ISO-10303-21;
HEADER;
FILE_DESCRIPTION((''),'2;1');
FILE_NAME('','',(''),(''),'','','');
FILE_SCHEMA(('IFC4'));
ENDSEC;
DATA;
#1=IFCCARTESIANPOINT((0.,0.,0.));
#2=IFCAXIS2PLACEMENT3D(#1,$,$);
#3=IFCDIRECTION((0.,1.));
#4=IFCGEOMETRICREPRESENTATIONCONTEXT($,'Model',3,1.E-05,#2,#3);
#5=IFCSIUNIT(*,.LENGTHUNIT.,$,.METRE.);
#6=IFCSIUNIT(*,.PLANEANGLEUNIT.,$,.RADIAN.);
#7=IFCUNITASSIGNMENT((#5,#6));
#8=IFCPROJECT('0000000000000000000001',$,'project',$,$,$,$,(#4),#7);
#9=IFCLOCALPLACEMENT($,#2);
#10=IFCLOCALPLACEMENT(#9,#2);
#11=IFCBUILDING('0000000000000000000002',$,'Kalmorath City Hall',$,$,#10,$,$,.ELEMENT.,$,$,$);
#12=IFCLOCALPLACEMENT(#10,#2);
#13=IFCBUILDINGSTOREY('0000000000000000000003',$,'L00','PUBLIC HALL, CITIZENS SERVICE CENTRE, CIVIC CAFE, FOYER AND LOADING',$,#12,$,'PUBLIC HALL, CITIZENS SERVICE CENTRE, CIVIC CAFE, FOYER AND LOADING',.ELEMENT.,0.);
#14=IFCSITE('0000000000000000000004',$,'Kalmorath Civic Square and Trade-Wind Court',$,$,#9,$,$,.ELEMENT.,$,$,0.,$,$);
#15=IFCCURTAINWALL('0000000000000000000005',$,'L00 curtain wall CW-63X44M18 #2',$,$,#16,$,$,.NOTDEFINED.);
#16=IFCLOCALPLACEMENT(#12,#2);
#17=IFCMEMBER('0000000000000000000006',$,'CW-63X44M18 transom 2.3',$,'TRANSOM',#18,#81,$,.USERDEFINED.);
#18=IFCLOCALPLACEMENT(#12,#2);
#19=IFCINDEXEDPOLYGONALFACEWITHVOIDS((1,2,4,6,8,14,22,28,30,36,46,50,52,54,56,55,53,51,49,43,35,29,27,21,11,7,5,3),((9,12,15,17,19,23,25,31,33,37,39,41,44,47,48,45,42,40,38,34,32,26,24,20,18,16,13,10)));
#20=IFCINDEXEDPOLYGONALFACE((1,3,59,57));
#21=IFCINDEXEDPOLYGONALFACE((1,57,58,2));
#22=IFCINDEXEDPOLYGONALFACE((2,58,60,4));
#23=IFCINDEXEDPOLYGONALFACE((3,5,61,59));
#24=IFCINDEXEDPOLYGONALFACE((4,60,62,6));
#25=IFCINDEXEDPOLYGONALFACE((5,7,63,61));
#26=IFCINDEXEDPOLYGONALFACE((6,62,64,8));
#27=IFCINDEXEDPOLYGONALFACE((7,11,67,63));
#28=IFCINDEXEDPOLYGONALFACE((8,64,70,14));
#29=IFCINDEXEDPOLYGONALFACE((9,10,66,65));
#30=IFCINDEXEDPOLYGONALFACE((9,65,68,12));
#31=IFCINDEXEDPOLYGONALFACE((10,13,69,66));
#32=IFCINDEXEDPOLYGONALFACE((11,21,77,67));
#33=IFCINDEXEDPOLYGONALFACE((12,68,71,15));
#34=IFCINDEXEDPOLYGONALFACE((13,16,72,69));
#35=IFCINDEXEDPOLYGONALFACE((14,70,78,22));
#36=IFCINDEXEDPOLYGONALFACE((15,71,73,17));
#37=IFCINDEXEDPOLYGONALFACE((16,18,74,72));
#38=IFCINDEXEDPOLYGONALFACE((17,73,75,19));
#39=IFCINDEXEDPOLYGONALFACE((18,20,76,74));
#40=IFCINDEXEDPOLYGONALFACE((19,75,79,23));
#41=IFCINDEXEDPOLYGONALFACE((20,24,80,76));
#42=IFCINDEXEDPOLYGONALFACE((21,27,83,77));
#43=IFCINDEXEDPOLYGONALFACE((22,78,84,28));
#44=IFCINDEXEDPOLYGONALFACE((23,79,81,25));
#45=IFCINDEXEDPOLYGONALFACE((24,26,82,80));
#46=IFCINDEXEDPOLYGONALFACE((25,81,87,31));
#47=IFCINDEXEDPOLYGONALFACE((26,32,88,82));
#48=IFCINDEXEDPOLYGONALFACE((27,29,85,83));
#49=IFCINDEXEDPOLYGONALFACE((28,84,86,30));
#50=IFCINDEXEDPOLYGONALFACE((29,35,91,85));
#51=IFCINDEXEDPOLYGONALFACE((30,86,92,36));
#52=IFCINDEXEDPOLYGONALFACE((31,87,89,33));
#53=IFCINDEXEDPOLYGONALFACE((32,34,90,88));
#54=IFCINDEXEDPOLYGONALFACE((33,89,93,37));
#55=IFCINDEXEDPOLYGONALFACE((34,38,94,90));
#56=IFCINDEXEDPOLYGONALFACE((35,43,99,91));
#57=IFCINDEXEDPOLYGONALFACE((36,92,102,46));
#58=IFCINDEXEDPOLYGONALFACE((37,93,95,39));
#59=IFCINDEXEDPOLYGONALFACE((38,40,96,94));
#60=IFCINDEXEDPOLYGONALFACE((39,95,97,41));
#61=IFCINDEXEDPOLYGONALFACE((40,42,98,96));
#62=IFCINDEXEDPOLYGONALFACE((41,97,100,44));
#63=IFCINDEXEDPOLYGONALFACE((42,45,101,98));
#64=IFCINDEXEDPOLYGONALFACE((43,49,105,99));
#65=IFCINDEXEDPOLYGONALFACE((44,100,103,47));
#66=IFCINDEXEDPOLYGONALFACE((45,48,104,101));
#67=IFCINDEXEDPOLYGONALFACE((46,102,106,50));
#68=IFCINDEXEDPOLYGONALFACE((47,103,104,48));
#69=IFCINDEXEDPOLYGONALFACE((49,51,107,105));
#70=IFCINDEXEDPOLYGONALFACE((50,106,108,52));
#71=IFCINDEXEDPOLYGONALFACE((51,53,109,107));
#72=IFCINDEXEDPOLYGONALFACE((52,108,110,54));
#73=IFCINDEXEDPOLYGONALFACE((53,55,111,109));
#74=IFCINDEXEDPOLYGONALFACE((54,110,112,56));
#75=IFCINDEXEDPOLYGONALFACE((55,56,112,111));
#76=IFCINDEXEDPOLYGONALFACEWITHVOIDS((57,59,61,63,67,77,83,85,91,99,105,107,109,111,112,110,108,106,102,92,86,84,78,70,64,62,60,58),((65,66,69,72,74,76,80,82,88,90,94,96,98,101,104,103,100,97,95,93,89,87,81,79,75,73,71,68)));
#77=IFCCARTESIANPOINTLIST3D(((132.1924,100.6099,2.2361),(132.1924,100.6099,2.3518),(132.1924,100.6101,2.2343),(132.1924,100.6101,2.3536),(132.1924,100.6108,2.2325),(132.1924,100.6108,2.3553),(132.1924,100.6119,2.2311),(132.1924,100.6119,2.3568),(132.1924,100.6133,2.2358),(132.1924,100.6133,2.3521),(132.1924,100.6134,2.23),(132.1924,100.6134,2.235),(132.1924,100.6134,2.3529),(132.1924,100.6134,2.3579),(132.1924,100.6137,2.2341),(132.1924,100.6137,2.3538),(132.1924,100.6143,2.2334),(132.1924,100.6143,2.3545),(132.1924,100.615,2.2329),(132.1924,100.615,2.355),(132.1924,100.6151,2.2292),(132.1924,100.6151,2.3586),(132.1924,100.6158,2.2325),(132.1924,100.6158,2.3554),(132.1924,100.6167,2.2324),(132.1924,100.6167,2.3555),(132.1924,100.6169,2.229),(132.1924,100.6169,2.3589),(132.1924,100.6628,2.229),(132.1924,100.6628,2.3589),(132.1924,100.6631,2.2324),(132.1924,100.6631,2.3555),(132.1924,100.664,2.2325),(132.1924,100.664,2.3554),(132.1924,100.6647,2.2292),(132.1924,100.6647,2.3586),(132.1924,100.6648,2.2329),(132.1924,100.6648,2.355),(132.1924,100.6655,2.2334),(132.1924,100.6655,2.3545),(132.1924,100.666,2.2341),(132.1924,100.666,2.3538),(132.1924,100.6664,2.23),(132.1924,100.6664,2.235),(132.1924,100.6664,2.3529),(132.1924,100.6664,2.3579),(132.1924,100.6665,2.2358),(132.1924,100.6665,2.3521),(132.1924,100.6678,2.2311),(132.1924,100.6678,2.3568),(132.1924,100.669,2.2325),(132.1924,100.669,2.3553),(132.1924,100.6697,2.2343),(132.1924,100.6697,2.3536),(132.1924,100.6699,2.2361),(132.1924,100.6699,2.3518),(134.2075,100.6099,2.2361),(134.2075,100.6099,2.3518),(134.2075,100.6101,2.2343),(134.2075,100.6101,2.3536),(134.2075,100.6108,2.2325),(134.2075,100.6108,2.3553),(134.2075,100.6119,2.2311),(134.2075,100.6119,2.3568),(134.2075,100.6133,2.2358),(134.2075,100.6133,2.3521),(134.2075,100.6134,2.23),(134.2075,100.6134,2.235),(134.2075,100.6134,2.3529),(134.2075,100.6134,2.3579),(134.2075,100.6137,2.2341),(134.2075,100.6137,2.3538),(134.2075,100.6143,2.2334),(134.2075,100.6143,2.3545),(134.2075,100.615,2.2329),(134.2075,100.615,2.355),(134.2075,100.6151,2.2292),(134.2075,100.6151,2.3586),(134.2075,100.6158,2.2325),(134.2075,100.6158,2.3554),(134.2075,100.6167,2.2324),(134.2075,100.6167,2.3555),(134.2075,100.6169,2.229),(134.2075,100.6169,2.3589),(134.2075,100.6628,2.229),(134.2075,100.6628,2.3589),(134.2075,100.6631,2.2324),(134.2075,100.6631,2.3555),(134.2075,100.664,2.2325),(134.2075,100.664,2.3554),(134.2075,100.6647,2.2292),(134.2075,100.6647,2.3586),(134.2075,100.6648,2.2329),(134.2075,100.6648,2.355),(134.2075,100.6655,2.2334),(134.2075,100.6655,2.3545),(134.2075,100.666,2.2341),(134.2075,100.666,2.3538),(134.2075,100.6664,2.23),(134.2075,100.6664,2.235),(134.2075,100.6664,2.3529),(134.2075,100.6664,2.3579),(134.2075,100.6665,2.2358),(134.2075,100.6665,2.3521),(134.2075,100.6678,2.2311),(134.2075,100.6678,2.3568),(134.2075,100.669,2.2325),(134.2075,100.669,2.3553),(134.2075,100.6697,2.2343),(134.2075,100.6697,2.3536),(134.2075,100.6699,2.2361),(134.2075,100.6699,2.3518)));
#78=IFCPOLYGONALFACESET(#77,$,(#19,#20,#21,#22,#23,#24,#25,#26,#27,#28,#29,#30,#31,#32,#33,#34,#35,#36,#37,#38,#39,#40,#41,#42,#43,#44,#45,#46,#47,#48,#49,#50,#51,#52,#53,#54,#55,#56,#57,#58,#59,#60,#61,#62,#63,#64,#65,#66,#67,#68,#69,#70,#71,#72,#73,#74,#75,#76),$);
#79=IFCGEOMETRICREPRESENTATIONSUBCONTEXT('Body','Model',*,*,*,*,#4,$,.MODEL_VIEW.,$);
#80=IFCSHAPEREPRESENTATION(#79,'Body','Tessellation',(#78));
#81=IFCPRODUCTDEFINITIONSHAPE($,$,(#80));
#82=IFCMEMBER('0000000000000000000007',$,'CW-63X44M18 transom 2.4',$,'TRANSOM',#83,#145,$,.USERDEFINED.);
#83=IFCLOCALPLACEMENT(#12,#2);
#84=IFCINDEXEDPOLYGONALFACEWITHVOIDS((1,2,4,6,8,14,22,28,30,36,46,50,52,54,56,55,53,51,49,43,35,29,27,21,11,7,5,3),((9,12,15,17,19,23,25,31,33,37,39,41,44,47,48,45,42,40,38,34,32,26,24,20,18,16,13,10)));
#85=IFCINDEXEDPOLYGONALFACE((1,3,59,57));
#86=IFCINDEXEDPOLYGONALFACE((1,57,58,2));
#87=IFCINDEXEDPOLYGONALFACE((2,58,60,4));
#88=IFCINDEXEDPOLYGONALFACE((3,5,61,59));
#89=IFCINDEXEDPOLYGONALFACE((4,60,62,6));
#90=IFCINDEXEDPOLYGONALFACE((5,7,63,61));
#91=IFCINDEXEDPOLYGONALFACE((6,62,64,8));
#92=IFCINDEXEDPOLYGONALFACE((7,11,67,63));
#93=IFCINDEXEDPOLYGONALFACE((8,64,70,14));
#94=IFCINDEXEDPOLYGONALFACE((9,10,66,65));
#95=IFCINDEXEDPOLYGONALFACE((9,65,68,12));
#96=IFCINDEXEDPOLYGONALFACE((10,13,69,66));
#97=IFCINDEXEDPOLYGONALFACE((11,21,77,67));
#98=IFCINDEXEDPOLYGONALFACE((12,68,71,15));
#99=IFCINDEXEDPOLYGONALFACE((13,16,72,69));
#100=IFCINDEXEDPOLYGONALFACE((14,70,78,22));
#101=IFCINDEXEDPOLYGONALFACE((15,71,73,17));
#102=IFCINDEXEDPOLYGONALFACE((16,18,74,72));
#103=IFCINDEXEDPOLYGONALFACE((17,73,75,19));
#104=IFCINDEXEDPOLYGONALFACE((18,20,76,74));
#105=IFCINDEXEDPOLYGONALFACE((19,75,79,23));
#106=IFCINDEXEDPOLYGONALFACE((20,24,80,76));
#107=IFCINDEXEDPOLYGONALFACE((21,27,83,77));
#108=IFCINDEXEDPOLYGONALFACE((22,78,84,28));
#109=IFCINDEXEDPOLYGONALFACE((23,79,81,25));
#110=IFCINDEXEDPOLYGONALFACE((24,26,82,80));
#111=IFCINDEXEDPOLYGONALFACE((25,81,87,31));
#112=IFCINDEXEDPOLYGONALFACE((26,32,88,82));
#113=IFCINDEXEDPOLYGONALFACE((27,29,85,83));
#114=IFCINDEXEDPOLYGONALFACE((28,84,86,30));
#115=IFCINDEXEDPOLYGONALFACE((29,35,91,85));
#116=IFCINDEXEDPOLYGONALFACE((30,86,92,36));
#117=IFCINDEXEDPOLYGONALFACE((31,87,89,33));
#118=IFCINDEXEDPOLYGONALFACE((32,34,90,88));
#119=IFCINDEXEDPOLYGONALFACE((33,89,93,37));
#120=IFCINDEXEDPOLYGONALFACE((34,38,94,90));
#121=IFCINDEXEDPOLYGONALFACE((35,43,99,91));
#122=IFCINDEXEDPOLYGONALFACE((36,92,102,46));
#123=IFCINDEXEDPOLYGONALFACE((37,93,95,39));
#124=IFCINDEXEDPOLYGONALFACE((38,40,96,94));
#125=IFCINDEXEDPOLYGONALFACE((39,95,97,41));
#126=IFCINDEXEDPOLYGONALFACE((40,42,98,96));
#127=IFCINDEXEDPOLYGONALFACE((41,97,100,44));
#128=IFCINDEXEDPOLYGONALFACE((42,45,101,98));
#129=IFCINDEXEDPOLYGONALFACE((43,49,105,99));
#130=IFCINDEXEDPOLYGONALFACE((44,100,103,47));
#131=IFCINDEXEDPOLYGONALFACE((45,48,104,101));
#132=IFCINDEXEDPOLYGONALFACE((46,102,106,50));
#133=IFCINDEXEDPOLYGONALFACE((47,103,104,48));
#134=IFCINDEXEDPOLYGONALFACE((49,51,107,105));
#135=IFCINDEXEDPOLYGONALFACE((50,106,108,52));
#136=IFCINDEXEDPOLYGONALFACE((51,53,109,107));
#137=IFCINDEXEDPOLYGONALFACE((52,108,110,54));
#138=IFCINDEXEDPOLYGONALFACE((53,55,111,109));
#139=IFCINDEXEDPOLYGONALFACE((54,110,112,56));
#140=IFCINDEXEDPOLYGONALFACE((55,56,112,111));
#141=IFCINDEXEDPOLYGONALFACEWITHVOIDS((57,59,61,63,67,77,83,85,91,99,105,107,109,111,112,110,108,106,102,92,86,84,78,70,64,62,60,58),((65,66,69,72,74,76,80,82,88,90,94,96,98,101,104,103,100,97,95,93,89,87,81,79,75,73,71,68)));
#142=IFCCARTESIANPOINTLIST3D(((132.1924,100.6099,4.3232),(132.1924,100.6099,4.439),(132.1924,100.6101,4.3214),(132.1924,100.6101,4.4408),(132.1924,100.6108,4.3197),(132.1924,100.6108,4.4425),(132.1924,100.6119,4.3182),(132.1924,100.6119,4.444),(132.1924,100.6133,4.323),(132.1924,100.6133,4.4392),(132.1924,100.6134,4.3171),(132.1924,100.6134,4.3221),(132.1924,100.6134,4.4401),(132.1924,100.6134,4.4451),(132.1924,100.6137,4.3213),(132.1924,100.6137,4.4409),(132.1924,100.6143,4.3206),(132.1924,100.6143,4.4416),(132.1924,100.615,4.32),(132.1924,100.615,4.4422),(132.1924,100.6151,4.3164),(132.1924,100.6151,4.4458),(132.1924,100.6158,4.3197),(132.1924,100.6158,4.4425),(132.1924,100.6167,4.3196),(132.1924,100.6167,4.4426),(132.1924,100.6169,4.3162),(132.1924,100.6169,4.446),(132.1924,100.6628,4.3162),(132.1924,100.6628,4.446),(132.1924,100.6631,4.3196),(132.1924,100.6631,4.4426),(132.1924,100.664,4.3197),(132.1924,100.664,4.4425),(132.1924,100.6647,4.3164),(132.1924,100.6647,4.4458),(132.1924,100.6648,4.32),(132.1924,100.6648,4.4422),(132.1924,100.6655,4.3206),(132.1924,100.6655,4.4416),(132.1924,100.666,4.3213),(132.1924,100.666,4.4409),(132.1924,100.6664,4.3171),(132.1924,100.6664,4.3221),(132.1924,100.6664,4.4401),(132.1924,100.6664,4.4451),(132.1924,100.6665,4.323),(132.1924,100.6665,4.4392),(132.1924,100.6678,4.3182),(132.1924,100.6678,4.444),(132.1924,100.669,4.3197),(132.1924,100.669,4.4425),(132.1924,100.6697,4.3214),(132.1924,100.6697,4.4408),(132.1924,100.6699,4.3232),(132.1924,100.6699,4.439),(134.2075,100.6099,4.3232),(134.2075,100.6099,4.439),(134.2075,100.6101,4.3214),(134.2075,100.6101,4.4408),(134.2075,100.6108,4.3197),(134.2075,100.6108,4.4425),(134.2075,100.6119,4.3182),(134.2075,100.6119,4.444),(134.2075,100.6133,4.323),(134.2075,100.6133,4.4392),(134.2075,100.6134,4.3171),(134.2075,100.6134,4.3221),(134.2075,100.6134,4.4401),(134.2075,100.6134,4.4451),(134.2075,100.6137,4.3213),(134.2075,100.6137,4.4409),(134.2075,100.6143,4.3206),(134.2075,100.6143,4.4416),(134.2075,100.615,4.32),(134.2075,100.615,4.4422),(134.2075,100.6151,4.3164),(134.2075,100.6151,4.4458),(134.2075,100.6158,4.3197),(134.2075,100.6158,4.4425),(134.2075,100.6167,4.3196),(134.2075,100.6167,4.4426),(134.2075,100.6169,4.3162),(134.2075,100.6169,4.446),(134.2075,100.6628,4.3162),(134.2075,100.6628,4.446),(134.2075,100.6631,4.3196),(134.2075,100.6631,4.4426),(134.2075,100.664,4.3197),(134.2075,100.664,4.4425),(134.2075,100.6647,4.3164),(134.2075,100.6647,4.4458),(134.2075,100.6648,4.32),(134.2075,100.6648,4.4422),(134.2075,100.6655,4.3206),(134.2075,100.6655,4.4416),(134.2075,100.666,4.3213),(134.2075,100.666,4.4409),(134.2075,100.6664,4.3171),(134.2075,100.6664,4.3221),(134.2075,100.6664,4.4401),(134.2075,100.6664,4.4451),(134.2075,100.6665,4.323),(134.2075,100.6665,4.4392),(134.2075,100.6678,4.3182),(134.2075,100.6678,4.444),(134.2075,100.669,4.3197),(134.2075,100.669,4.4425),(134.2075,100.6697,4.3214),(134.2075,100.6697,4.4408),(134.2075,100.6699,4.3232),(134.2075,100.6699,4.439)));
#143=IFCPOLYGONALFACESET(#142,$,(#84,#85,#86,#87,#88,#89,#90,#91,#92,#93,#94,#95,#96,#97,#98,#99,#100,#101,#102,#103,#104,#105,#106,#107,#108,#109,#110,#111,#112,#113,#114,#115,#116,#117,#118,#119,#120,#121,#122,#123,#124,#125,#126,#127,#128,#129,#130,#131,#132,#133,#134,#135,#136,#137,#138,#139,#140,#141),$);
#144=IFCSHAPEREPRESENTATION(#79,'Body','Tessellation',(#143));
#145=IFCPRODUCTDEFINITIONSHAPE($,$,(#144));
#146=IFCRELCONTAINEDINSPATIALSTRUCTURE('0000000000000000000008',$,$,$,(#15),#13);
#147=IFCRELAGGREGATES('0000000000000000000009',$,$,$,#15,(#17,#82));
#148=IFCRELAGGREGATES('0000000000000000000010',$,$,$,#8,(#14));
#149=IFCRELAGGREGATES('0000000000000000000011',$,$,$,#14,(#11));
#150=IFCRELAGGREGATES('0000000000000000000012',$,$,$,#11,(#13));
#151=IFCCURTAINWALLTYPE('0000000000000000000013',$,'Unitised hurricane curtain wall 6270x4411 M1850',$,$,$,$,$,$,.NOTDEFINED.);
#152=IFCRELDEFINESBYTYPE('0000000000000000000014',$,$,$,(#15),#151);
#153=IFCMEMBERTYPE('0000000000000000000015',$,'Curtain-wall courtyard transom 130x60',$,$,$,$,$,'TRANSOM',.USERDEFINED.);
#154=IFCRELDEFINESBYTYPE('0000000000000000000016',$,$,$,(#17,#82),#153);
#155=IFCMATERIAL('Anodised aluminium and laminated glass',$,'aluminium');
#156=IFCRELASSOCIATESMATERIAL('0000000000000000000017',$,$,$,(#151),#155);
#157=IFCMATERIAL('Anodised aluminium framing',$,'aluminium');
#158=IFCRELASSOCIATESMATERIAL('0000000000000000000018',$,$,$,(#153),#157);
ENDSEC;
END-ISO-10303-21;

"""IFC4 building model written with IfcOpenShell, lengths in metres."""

from ifc_helpers import new_model, si_unit, direction, frame, origin, origin_2d, place, context, subcontext, project, spatial, hollow_rectangle, extrude, material, material_profile, profile_set, type_object, element, aggregate, save


model = new_model("IFC4")

# Units and contexts
model_context = context("Model", 3, precision=1e-05, world=origin(), true_north=direction((0.0, 1.0)))
body_context = subcontext(model_context, "Body", "Model", "MODEL_VIEW")
ifc_project = project(units=[si_unit("LENGTHUNIT", "METRE"), si_unit("PLANEANGLEUNIT", "RADIAN")], contexts=[model_context])

# Site, building, storey
site_placement = place(None, origin())
site = spatial("IfcSite", under=ifc_project, at=site_placement, Name="Kalmorath Civic Square and Trade-Wind Court", CompositionType="ELEMENT", RefElevation=0.0)
building_placement = place(site_placement, origin())
building = spatial("IfcBuilding", under=site, at=building_placement, Name="Kalmorath City Hall", CompositionType="ELEMENT")
storey_placement = place(building_placement, origin())
storey = spatial("IfcBuildingStorey", under=building, at=storey_placement, Name="L00", Description="PUBLIC HALL, CITIZENS SERVICE CENTRE, CIVIC CAFE, FOYER AND LOADING", LongName="PUBLIC HALL, CITIZENS SERVICE CENTRE, CIVIC CAFE, FOYER AND LOADING", CompositionType="ELEMENT", Elevation=0.0)

# Curtain wall, members
ifc_material_1 = material(Name="Anodised aluminium and laminated glass", Category="aluminium")
curtain_wall_type = type_object("IfcCurtainWallType", Name="Unitised hurricane curtain wall 6270x4411 M1850", PredefinedType="NOTDEFINED", material=ifc_material_1)
curtain_wall_placement = place(storey_placement, origin())
curtain_wall = element("IfcCurtainWall", 1, at=curtain_wall_placement, inside=storey, type_object=curtain_wall_type, Name="L00 curtain wall CW-63X44M18 #2", PredefinedType="NOTDEFINED")
ifc_material_2 = material(Name="Anodised aluminium framing", Category="aluminium")
ifc_material_profile_1 = material_profile(ifc_material_2, hollow_rectangle(XDim=0.0601, YDim=0.1299, WallThickness=0.0034, InnerFilletRadius=0.0034, OuterFilletRadius=0.0071, at=origin_2d()), Name="ALU-TRN-130X60X3.5")
ifc_profile_set_1 = profile_set([ifc_material_profile_1], Name="Anodised aluminium framing")
member_type_1 = type_object("IfcMemberType", Name="Curtain-wall courtyard transom 130x60", ElementType="TRANSOM", PredefinedType="USERDEFINED", material=ifc_profile_set_1)
member_1_placement = place(storey_placement, frame((132.1924, 100.6399, 2.2939), z_axis=(1.0, 0.0, 0.0), x_axis=(0.0, 1.0, 0.0)))
member_1 = element("IfcMember", 2, at=member_1_placement, type_object=member_type_1, Name="CW-63X44M18 transom 2.3", ObjectType="TRANSOM", PredefinedType="USERDEFINED", context=body_context, shape_type="SweptSolid", body=[
    extrude(hollow_rectangle(XDim=0.0601, YDim=0.1299, WallThickness=0.0034, InnerFilletRadius=0.0034, OuterFilletRadius=0.0071, at=origin_2d()), origin(), (0.0, 0.0, 1.0), 2.0151),
])
member_2_placement = place(storey_placement, frame((132.1924, 100.6399, 4.3811), z_axis=(1.0, 0.0, 0.0), x_axis=(0.0, 1.0, 0.0)))
member_2 = element("IfcMember", 3, at=member_2_placement, type_object=member_type_1, Name="CW-63X44M18 transom 2.4", ObjectType="TRANSOM", PredefinedType="USERDEFINED", context=body_context, shape_type="SweptSolid", body=[
    extrude(hollow_rectangle(XDim=0.0601, YDim=0.1299, WallThickness=0.0034, InnerFilletRadius=0.0034, OuterFilletRadius=0.0071, at=origin_2d()), origin(), (0.0, 0.0, 1.0), 2.0151),
])

aggregate(curtain_wall, [member_1, member_2])

save(model, "model.ifc")
